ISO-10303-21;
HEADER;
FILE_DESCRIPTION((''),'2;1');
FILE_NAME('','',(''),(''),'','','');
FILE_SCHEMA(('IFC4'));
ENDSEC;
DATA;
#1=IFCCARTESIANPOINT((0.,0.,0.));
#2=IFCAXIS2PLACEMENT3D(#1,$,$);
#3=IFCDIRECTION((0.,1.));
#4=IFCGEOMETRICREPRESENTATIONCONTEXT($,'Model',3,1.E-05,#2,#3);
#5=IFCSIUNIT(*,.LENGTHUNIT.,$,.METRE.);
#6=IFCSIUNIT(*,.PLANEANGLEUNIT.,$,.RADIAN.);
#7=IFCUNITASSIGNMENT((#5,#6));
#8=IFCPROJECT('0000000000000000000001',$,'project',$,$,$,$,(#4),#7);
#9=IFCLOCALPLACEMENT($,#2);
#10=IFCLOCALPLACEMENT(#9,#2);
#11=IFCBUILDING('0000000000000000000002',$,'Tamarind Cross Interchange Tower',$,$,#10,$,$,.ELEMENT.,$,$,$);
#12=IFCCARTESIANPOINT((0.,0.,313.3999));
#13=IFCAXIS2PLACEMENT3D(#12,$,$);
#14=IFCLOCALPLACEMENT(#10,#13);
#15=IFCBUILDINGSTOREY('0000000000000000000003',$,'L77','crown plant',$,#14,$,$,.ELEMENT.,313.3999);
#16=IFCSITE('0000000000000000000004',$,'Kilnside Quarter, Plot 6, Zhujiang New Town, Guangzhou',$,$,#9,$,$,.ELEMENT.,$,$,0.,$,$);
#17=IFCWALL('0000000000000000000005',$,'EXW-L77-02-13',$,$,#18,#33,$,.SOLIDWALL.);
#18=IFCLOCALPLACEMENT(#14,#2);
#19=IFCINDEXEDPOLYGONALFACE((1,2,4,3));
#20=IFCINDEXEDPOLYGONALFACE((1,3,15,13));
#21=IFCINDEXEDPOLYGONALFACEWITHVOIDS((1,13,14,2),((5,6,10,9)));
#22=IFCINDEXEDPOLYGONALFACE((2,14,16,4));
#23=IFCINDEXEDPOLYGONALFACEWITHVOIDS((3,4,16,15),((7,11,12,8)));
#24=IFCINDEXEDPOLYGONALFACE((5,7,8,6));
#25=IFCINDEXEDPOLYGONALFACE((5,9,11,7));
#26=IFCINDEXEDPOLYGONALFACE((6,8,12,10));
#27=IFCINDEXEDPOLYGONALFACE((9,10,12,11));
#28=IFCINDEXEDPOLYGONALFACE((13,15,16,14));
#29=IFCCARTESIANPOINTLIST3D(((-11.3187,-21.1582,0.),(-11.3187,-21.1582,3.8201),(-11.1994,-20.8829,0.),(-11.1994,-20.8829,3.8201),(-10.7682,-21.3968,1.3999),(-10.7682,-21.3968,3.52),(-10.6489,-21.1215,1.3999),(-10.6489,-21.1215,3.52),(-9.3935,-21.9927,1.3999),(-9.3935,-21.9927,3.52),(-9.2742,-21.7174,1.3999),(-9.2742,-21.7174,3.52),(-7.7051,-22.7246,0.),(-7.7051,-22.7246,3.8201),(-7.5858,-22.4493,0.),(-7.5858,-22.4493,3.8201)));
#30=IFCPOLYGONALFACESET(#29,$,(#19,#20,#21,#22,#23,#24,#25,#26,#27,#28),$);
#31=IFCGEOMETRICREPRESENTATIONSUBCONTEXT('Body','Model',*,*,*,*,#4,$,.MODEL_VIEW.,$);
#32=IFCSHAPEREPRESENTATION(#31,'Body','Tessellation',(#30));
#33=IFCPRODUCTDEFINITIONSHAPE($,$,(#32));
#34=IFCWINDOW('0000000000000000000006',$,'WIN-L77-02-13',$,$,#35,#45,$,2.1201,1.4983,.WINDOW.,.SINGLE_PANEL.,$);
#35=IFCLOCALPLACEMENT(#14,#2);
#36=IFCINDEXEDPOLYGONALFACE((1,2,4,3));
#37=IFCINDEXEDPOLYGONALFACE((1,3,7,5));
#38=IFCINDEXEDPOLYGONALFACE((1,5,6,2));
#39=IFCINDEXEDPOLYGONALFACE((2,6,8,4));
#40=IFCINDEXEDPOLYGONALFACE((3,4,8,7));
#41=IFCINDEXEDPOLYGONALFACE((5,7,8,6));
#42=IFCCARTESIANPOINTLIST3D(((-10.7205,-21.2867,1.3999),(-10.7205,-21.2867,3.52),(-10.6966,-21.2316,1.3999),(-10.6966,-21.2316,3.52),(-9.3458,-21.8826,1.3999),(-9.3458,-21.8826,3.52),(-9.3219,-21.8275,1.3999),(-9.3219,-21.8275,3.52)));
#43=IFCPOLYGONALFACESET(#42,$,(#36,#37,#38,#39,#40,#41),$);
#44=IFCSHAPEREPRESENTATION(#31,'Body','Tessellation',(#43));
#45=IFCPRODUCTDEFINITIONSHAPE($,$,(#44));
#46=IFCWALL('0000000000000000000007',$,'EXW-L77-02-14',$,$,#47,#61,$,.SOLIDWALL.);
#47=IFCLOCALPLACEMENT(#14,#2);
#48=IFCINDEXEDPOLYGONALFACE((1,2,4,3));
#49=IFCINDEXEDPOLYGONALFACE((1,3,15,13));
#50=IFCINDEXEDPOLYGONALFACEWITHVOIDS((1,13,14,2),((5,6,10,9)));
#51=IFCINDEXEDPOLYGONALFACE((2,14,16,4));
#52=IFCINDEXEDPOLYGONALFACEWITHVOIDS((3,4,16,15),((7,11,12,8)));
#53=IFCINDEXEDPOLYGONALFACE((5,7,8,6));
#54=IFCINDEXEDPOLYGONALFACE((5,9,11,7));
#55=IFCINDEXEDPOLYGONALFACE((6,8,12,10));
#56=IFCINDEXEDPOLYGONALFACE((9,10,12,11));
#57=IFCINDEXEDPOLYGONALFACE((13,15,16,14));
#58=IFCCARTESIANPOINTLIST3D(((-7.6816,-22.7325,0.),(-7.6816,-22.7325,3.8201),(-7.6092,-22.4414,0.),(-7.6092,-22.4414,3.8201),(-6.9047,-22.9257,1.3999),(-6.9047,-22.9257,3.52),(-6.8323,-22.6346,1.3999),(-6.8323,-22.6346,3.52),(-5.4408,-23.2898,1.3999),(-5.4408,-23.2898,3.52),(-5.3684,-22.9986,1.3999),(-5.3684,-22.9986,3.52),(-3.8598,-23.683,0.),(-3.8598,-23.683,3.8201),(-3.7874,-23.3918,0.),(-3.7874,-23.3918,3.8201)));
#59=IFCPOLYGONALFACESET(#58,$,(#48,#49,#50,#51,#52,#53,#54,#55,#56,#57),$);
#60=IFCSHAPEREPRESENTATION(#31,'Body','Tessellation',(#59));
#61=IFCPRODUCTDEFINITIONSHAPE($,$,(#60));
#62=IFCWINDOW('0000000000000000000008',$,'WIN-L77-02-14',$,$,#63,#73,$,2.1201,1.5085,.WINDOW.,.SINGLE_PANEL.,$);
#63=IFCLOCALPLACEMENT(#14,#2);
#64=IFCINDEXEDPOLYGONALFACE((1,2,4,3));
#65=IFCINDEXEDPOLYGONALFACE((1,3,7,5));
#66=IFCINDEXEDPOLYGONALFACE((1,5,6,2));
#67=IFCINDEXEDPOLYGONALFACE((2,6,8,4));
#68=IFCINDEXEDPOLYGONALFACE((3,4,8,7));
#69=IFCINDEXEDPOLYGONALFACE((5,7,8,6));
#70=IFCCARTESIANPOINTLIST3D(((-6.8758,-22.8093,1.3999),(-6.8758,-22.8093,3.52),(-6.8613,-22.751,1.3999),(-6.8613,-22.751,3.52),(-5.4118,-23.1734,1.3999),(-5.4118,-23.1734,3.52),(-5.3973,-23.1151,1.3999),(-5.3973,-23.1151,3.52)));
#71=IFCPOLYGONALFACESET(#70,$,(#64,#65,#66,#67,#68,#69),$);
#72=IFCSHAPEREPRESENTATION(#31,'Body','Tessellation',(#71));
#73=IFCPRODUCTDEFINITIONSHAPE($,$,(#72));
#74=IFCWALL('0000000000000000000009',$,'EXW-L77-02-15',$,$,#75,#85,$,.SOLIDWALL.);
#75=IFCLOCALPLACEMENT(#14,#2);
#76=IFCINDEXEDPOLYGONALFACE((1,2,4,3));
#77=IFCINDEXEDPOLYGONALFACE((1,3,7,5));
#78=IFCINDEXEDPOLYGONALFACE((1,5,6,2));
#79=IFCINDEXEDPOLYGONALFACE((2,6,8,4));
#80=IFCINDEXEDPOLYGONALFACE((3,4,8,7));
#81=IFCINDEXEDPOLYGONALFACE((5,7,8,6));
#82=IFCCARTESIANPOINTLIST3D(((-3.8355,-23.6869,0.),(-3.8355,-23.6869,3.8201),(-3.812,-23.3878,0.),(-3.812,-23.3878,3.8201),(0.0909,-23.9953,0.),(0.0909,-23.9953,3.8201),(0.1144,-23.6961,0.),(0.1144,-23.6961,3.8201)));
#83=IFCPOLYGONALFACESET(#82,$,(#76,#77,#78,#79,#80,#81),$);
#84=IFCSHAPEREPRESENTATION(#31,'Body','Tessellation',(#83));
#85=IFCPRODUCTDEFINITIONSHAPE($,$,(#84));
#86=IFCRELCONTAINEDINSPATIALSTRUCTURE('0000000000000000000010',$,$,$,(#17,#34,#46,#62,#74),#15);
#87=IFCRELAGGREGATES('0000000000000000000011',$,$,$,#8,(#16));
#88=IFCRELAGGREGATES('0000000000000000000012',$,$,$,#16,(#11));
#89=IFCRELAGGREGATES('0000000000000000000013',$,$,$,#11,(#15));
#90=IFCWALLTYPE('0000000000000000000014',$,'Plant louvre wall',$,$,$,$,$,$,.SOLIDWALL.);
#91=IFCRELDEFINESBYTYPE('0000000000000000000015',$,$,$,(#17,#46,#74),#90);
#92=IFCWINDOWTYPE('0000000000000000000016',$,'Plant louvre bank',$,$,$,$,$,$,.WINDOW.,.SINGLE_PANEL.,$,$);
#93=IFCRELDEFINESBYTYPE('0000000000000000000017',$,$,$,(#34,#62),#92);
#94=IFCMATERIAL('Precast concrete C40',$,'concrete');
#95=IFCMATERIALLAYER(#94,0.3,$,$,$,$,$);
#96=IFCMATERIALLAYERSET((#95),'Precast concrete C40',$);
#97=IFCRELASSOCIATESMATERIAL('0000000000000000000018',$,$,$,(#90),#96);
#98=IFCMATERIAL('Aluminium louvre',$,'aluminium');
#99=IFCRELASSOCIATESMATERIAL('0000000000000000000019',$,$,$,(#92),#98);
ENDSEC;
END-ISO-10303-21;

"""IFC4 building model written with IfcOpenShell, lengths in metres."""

from ifc_helpers import new_model, si_unit, direction, frame, frame_2d, origin, place, context, subcontext, project, spatial, rectangle, extrude, material, layer, layer_set, type_object, element, fill, save


model = new_model("IFC4")

# Units and contexts
model_context = context("Model", 3, precision=1e-05, world=origin(), true_north=direction((0.0, 1.0)))
body_context = subcontext(model_context, "Body", "Model", "MODEL_VIEW")
ifc_project = project(units=[si_unit("LENGTHUNIT", "METRE"), si_unit("PLANEANGLEUNIT", "RADIAN")], contexts=[model_context])

# Site, building, storey
site_placement = place(None, origin())
site = spatial("IfcSite", under=ifc_project, at=site_placement, Name="Kilnside Quarter, Plot 6, Zhujiang New Town, Guangzhou", CompositionType="ELEMENT", RefElevation=0.0)
building_placement = place(site_placement, origin())
building = spatial("IfcBuilding", under=site, at=building_placement, Name="Tamarind Cross Interchange Tower", CompositionType="ELEMENT")
storey_placement = place(building_placement, frame((0.0, 0.0, 313.3999)))
storey = spatial("IfcBuildingStorey", under=building, at=storey_placement, Name="L77", Description="crown plant", CompositionType="ELEMENT", Elevation=313.3999)

# Shared definitions
ifc_material_1 = material(Name="Precast concrete C40", Category="concrete")
ifc_layer_1 = layer(ifc_material_1, 0.3)
ifc_layer_set_1 = layer_set([ifc_layer_1], Name="Precast concrete C40")
wall_type_1 = type_object("IfcWallType", Name="Plant louvre wall", PredefinedType="SOLIDWALL", material=ifc_layer_set_1)

# Walls, openings, windows
wall_1_placement = place(storey_placement, frame((-11.259, -21.0205, 0.0), z_axis=(0.0, 0.0, 1.0), x_axis=(0.917505, -0.397724, 0.0)))
wall_1 = element("IfcWall", 1, at=wall_1_placement, inside=storey, type_object=wall_type_1, Name="EXW-L77-02-13", PredefinedType="SOLIDWALL", context=body_context, shape_type="SweptSolid", body=[
    extrude(rectangle(XDim=3.9385, YDim=0.3, at=frame_2d((1.9692, 0.0))), origin(), (0.0, 0.0, 1.0), 3.8201),
])
opening_1_placement = place(wall_1_placement, frame((0.6001, 0.0, 1.3999)))
opening_1 = element("IfcOpeningElement", 2, at=opening_1_placement, cuts=wall_1, PredefinedType="OPENING", context=body_context, shape_type="SweptSolid", body=[
    extrude(rectangle(XDim=1.4983, YDim=2.1201, at=frame_2d((0.749, 1.0601))), frame((0.0, 0.1599, 0.0), z_axis=(0.0, -1.0, 0.0), x_axis=(1.0, 0.0, 0.0)), (0.0, 0.0, 1.0), 0.3201),
])
ifc_material_2 = material(Name="Aluminium louvre", Category="aluminium")
window_type = type_object("IfcWindowType", Name="Plant louvre bank", PartitioningType="SINGLE_PANEL", PredefinedType="WINDOW", material=ifc_material_2)
window_1_placement = place(opening_1_placement, origin())
window_1 = element("IfcWindow", 3, at=window_1_placement, inside=storey, type_object=window_type, Name="WIN-L77-02-13", OverallHeight=2.1201, OverallWidth=1.4983, PartitioningType="SINGLE_PANEL", PredefinedType="WINDOW", context=body_context, shape_type="SweptSolid", body=[
    extrude(rectangle(XDim=1.4983, YDim=2.1201, at=frame_2d((0.749, 1.0601))), frame((0.0, 0.03, 0.0), z_axis=(0.0, -1.0, 0.0), x_axis=(1.0, 0.0, 0.0)), (0.0, 0.0, 1.0), 0.0601),
])
fill(opening_1, window_1)
wall_2_placement = place(storey_placement, frame((-7.6455, -22.5869, 0.0), z_axis=(0.0, 0.0, 1.0), x_axis=(0.970441, -0.241339, 0.0)))
wall_2 = element("IfcWall", 4, at=wall_2_placement, inside=storey, type_object=wall_type_1, Name="EXW-L77-02-14", PredefinedType="SOLIDWALL", context=body_context, shape_type="SweptSolid", body=[
    extrude(rectangle(XDim=3.9382, YDim=0.3, at=frame_2d((1.9692, 0.0))), origin(), (0.0, 0.0, 1.0), 3.8201),
])
opening_2_placement = place(wall_2_placement, frame((0.8005, 0.0, 1.3999)))
opening_2 = element("IfcOpeningElement", 5, at=opening_2_placement, cuts=wall_2, PredefinedType="OPENING", context=body_context, shape_type="SweptSolid", body=[
    extrude(rectangle(XDim=1.5085, YDim=2.1201, at=frame_2d((0.7544, 1.0601))), frame((0.0, 0.1599, 0.0), z_axis=(0.0, -1.0, 0.0), x_axis=(1.0, 0.0, 0.0)), (0.0, 0.0, 1.0), 0.3201),
])
window_2_placement = place(opening_2_placement, origin())
window_2 = element("IfcWindow", 6, at=window_2_placement, inside=storey, type_object=window_type, Name="WIN-L77-02-14", OverallHeight=2.1201, OverallWidth=1.5085, PartitioningType="SINGLE_PANEL", PredefinedType="WINDOW", context=body_context, shape_type="SweptSolid", body=[
    extrude(rectangle(XDim=1.5085, YDim=2.1201, at=frame_2d((0.7544, 1.0601))), frame((0.0, 0.03, 0.0), z_axis=(0.0, -1.0, 0.0), x_axis=(1.0, 0.0, 0.0)), (0.0, 0.0, 1.0), 0.0601),
])
fill(opening_2, window_2)

# Wall
wall_3_placement = place(storey_placement, frame((-3.8237, -23.5374, 0.0), z_axis=(0.0, 0.0, 1.0), x_axis=(0.99693, -0.078294, 0.0)))
element("IfcWall", 7, at=wall_3_placement, inside=storey, type_object=wall_type_1, Name="EXW-L77-02-15", PredefinedType="SOLIDWALL", context=body_context, shape_type="SweptSolid", body=[
    extrude(rectangle(XDim=3.9385, YDim=0.3, at=frame_2d((1.9692, 0.0))), origin(), (0.0, 0.0, 1.0), 3.8201),
])

save(model, "model.ifc")
